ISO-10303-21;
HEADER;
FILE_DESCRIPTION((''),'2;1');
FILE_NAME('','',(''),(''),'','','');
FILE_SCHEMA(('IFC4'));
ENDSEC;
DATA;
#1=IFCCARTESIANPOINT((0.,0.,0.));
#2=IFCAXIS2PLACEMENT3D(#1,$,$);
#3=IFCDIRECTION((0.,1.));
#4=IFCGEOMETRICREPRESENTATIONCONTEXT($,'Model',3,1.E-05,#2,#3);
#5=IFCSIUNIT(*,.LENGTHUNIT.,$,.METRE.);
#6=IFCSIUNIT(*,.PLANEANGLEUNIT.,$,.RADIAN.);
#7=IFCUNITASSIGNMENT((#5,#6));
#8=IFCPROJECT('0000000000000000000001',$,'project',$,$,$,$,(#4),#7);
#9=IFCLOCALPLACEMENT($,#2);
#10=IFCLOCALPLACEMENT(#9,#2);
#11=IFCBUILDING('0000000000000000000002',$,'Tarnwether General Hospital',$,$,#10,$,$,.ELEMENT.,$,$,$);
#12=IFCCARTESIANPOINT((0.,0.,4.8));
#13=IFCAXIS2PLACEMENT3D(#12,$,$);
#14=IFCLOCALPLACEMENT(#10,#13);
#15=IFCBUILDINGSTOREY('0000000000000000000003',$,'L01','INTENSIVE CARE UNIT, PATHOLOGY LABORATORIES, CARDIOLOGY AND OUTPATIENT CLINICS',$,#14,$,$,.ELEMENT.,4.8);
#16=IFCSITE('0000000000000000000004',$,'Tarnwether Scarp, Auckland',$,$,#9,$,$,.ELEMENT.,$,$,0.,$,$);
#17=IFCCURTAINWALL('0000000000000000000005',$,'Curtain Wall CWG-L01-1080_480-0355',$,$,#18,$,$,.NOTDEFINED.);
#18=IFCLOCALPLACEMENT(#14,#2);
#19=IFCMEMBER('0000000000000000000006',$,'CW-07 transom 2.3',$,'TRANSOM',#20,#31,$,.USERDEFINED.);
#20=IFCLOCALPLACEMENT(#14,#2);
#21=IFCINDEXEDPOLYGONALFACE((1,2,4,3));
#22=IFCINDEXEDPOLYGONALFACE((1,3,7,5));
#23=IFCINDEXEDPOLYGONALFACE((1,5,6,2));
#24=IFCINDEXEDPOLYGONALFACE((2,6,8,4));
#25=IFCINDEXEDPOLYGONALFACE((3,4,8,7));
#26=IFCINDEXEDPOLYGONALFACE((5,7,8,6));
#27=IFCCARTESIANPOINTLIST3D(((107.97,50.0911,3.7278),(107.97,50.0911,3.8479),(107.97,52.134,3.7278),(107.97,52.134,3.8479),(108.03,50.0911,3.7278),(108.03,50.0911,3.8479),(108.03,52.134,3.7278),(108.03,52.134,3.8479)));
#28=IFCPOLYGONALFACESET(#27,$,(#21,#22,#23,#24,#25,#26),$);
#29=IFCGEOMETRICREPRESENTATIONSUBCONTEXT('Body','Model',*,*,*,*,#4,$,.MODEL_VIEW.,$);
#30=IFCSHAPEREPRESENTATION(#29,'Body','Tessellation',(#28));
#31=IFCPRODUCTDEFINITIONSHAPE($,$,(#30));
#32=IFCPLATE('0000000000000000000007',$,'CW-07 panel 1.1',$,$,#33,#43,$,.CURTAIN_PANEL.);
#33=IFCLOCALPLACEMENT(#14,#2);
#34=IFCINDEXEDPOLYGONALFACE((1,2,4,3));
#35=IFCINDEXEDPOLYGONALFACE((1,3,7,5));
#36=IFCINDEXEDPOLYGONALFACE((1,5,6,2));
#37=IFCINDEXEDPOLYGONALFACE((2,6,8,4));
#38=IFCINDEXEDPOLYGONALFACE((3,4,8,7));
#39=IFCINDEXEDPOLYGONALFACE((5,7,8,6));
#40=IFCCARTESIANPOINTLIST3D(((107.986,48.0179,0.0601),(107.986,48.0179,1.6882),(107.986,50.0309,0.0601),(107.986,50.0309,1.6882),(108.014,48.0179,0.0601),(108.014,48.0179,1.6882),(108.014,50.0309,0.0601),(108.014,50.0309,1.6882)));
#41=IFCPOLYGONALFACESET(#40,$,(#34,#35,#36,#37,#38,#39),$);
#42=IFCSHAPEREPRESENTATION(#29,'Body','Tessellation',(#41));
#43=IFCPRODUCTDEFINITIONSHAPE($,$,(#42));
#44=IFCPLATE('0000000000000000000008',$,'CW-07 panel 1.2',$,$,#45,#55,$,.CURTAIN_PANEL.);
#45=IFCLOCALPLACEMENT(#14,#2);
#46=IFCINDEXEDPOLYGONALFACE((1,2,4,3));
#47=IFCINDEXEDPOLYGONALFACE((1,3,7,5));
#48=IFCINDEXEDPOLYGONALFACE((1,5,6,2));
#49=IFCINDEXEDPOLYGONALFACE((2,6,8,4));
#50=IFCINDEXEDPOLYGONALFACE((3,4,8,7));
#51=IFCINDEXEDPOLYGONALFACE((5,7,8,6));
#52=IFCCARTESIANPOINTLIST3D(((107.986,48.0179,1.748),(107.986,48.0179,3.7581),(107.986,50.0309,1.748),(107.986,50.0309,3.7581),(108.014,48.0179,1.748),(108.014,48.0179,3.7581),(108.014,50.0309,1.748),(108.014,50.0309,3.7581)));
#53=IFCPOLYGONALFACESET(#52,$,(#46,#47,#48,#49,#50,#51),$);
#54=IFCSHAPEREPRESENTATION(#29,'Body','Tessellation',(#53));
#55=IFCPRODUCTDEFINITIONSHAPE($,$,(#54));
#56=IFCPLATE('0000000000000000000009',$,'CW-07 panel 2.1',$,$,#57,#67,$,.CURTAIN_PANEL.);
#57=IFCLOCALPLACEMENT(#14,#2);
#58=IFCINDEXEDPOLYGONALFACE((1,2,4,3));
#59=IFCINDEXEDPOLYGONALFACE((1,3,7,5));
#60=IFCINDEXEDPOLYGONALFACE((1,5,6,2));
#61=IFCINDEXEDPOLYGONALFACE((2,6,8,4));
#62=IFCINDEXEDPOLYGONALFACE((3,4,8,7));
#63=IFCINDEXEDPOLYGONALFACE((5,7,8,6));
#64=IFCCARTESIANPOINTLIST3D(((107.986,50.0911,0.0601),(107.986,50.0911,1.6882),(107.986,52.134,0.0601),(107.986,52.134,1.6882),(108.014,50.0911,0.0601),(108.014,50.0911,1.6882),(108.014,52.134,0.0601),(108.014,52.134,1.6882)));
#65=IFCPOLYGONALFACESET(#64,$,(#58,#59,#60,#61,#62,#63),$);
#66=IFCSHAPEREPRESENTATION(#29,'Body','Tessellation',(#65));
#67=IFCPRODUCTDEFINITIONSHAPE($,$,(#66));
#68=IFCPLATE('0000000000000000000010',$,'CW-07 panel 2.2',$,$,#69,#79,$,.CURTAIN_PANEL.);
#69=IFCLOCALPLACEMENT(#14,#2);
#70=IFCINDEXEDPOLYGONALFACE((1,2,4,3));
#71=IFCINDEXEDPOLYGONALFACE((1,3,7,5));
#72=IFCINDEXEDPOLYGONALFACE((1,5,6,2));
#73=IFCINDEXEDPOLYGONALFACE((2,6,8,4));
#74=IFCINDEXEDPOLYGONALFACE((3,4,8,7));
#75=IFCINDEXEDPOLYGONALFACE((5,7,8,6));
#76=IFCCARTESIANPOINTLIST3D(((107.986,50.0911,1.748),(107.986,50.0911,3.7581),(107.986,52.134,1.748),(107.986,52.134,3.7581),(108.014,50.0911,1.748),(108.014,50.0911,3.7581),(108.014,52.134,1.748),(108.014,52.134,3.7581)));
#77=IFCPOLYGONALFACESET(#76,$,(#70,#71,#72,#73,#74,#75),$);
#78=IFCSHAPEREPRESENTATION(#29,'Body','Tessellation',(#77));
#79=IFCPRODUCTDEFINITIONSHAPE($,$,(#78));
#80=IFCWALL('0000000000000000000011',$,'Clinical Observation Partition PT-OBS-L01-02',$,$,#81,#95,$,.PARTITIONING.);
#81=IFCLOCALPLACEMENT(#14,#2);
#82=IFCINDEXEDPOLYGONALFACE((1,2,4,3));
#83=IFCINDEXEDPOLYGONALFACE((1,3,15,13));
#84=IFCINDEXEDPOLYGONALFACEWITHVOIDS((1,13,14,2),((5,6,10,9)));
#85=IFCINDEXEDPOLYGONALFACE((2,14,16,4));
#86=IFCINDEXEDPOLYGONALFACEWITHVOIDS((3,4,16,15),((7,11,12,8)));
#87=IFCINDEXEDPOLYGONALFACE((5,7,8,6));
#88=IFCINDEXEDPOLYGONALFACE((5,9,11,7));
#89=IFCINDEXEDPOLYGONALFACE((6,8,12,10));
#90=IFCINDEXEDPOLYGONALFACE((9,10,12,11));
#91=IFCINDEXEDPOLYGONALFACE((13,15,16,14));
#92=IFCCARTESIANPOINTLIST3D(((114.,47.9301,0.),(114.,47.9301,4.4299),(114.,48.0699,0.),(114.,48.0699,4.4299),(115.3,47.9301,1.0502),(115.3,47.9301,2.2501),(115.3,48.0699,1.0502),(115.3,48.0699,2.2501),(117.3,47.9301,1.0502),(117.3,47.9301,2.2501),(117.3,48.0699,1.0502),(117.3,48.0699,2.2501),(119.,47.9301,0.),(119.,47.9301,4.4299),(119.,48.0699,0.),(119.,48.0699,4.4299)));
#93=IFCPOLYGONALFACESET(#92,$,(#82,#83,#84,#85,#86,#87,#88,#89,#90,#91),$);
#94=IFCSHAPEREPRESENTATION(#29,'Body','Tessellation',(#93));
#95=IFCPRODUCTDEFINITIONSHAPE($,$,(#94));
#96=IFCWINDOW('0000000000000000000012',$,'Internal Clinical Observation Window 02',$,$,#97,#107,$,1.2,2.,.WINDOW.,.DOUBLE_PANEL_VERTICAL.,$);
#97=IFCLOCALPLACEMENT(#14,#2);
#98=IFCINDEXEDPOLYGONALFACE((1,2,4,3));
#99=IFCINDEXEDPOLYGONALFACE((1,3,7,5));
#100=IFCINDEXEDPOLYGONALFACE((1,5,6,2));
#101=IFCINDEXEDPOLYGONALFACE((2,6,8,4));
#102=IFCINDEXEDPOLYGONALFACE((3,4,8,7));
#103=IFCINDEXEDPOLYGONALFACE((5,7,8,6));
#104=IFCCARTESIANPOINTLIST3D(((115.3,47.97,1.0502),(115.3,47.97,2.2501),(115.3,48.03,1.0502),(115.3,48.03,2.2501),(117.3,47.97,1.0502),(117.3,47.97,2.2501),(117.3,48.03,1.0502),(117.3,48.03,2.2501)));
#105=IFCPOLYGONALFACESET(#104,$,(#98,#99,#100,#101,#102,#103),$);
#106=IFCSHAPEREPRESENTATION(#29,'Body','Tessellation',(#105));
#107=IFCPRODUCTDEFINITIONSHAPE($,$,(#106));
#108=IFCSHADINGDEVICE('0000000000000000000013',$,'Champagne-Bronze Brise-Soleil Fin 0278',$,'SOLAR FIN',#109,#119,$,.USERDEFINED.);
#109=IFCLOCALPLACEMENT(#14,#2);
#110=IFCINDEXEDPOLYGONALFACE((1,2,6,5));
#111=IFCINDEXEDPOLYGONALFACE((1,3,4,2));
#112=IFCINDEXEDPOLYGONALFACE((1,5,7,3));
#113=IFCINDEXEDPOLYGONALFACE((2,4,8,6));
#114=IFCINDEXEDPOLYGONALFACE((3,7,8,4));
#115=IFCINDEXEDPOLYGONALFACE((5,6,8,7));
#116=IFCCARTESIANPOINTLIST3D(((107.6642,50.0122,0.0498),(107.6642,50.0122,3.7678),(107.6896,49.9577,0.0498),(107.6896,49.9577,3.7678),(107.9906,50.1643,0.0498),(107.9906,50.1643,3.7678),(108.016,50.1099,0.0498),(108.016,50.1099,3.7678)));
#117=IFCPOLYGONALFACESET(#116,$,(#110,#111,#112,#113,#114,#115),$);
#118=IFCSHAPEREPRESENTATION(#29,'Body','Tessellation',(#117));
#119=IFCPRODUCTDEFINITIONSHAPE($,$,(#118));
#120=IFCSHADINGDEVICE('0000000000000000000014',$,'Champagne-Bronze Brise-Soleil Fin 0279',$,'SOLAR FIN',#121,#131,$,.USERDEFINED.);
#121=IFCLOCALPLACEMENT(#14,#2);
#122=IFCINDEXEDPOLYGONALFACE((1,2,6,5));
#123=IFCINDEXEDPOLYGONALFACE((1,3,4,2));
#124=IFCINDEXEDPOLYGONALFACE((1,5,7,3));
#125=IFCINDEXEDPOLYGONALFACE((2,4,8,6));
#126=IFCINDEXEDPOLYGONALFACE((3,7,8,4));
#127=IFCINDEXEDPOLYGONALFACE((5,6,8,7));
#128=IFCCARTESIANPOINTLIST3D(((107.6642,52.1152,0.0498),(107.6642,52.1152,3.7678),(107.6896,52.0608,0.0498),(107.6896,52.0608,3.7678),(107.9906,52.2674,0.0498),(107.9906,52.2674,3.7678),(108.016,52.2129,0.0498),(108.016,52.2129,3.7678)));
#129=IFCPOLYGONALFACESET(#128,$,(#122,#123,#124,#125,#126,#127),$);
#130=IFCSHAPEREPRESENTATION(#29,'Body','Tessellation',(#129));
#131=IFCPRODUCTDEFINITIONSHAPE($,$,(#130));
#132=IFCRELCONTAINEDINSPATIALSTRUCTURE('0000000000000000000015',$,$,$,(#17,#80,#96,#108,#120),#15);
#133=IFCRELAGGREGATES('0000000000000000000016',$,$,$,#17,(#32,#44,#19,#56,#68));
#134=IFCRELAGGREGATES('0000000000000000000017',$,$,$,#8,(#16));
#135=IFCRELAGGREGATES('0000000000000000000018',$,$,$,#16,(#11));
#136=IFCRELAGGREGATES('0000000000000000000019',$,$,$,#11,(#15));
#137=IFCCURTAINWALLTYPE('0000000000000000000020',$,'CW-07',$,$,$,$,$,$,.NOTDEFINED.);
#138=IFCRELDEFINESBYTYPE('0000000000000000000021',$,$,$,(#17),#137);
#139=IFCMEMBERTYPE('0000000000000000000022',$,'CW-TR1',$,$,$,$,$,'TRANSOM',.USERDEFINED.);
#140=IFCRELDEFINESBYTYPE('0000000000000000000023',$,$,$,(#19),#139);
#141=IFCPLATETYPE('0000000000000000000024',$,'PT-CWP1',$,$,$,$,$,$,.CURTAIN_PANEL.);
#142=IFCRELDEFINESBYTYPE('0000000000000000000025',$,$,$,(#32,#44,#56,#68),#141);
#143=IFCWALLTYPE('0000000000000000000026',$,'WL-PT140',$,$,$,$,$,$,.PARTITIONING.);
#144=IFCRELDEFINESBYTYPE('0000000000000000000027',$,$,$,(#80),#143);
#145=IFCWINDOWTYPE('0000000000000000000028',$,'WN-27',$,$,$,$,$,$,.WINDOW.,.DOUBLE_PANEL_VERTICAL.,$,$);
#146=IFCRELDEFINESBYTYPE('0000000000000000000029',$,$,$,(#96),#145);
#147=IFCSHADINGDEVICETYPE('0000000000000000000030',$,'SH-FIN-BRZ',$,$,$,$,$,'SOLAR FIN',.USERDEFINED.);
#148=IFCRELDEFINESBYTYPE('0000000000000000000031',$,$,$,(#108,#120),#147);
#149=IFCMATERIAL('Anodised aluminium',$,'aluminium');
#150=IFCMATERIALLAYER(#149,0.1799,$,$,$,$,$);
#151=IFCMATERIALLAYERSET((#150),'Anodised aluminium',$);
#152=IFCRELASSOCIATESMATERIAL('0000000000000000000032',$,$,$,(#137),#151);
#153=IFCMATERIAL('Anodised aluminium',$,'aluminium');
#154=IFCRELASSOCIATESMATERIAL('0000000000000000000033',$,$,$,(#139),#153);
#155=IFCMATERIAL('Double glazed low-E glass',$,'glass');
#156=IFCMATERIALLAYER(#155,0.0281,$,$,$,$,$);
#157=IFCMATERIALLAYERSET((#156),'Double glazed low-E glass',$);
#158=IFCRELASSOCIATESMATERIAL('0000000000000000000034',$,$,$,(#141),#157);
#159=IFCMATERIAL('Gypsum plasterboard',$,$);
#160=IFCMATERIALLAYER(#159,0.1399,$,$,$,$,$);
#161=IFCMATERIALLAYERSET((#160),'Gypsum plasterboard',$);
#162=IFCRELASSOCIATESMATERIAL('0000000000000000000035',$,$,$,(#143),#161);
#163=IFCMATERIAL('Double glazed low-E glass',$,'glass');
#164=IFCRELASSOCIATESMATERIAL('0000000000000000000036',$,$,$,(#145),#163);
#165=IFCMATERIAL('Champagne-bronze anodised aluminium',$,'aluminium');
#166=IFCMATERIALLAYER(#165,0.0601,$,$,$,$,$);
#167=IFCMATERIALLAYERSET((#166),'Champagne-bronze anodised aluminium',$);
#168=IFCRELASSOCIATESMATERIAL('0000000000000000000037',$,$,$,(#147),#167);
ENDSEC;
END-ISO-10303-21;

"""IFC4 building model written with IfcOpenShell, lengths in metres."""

from ifc_helpers import new_model, si_unit, direction, frame, frame_2d, origin, origin_2d, place, context, subcontext, project, spatial, rectangle, extrude, material, layer, layer_set, material_profile, profile_set, type_object, element, fill, aggregate, save


model = new_model("IFC4")

# Units and contexts
model_context = context("Model", 3, precision=1e-05, world=origin(), true_north=direction((0.0, 1.0)))
body_context = subcontext(model_context, "Body", "Model", "MODEL_VIEW")
ifc_project = project(units=[si_unit("LENGTHUNIT", "METRE"), si_unit("PLANEANGLEUNIT", "RADIAN")], contexts=[model_context])

# Site, building, storey
site_placement = place(None, origin())
site = spatial("IfcSite", under=ifc_project, at=site_placement, Name="Tarnwether Scarp, Auckland", CompositionType="ELEMENT", RefElevation=0.0)
building_placement = place(site_placement, origin())
building = spatial("IfcBuilding", under=site, at=building_placement, Name="Tarnwether General Hospital", CompositionType="ELEMENT")
storey_placement = place(building_placement, frame((0.0, 0.0, 4.8)))
storey = spatial("IfcBuildingStorey", under=building, at=storey_placement, Name="L01", Description="INTENSIVE CARE UNIT, PATHOLOGY LABORATORIES, CARDIOLOGY AND OUTPATIENT CLINICS", CompositionType="ELEMENT", Elevation=4.8)

# Curtain wall, member, plates
ifc_material_1 = material(Name="Anodised aluminium", Category="aluminium")
ifc_layer_1 = layer(ifc_material_1, 0.1799)
ifc_layer_set_1 = layer_set([ifc_layer_1], Name="Anodised aluminium")
curtain_wall_type = type_object("IfcCurtainWallType", Name="CW-07", PredefinedType="NOTDEFINED", material=ifc_layer_set_1)
curtain_wall_placement = place(storey_placement, origin())
curtain_wall = element("IfcCurtainWall", 1, at=curtain_wall_placement, inside=storey, type_object=curtain_wall_type, Name="Curtain Wall CWG-L01-1080_480-0355", PredefinedType="NOTDEFINED")
ifc_material_2 = material(Name="Anodised aluminium", Category="aluminium")
ifc_material_profile_1 = material_profile(ifc_material_2, rectangle(XDim=0.0601, YDim=0.1201, at=origin_2d()), Name="ALU-TRN-60x120")
ifc_profile_set_1 = profile_set([ifc_material_profile_1], Name="Anodised aluminium")
member_type_1 = type_object("IfcMemberType", Name="CW-TR1", ElementType="TRANSOM", PredefinedType="USERDEFINED", material=ifc_profile_set_1)
member_1_placement = place(storey_placement, frame((108.0, 50.0911, 3.7878), z_axis=(0.0, 1.0, 0.0), x_axis=(-1.0, 0.0, 0.0)))
member_1 = element("IfcMember", 2, at=member_1_placement, type_object=member_type_1, Name="CW-07 transom 2.3", ObjectType="TRANSOM", PredefinedType="USERDEFINED", context=body_context, shape_type="SweptSolid", body=[
    extrude(rectangle(XDim=0.0601, YDim=0.1201, at=origin_2d()), origin(), (0.0, 0.0, 1.0), 2.043),
])
ifc_material_3 = material(Name="Double glazed low-E glass", Category="glass")
ifc_layer_2 = layer(ifc_material_3, 0.0281)
ifc_layer_set_2 = layer_set([ifc_layer_2], Name="Double glazed low-E glass")
plate_type = type_object("IfcPlateType", Name="PT-CWP1", PredefinedType="CURTAIN_PANEL", material=ifc_layer_set_2)
plate_1_placement = place(storey_placement, frame((108.0, 49.0244, 0.0601), z_axis=(0.0, 0.0, 1.0), x_axis=(0.0, 1.0, 0.0)))
plate_1 = element("IfcPlate", 3, at=plate_1_placement, type_object=plate_type, Name="CW-07 panel 1.1", PredefinedType="CURTAIN_PANEL", context=body_context, shape_type="SweptSolid", body=[
    extrude(rectangle(XDim=2.0129, YDim=0.0281, at=origin_2d()), origin(), (0.0, 0.0, 1.0), 1.6282),
])
plate_2_placement = place(storey_placement, frame((108.0, 49.0244, 1.748), z_axis=(0.0, 0.0, 1.0), x_axis=(0.0, 1.0, 0.0)))
plate_2 = element("IfcPlate", 4, at=plate_2_placement, type_object=plate_type, Name="CW-07 panel 1.2", PredefinedType="CURTAIN_PANEL", context=body_context, shape_type="SweptSolid", body=[
    extrude(rectangle(XDim=2.0129, YDim=0.0281, at=origin_2d()), origin(), (0.0, 0.0, 1.0), 2.01),
])
plate_3_placement = place(storey_placement, frame((108.0, 51.1125, 0.0601), z_axis=(0.0, 0.0, 1.0), x_axis=(0.0, 1.0, 0.0)))
plate_3 = element("IfcPlate", 5, at=plate_3_placement, type_object=plate_type, Name="CW-07 panel 2.1", PredefinedType="CURTAIN_PANEL", context=body_context, shape_type="SweptSolid", body=[
    extrude(rectangle(XDim=2.043, YDim=0.0281, at=origin_2d()), origin(), (0.0, 0.0, 1.0), 1.6282),
])
plate_4_placement = place(storey_placement, frame((108.0, 51.1125, 1.748), z_axis=(0.0, 0.0, 1.0), x_axis=(0.0, 1.0, 0.0)))
plate_4 = element("IfcPlate", 6, at=plate_4_placement, type_object=plate_type, Name="CW-07 panel 2.2", PredefinedType="CURTAIN_PANEL", context=body_context, shape_type="SweptSolid", body=[
    extrude(rectangle(XDim=2.043, YDim=0.0281, at=origin_2d()), origin(), (0.0, 0.0, 1.0), 2.01),
])
aggregate(curtain_wall, [plate_1, plate_2, member_1, plate_3, plate_4])

# Wall, opening, window
ifc_material_4 = material(Name="Gypsum plasterboard")
ifc_layer_3 = layer(ifc_material_4, 0.1399)
ifc_layer_set_3 = layer_set([ifc_layer_3], Name="Gypsum plasterboard")
wall_type = type_object("IfcWallType", Name="WL-PT140", PredefinedType="PARTITIONING", material=ifc_layer_set_3)
wall_placement = place(storey_placement, frame((114.0, 48.0, 0.0), z_axis=(0.0, 0.0, 1.0), x_axis=(1.0, 0.0, 0.0)))
wall = element("IfcWall", 7, at=wall_placement, inside=storey, type_object=wall_type, Name="Clinical Observation Partition PT-OBS-L01-02", PredefinedType="PARTITIONING", context=body_context, shape_type="SweptSolid", body=[
    extrude(rectangle(XDim=5.0, YDim=0.1399, at=frame_2d((2.5, 0.0))), origin(), (0.0, 0.0, 1.0), 4.4299),
])
opening_placement = place(wall_placement, frame((1.3, 0.0, 1.05)))
opening = element("IfcOpeningElement", 8, at=opening_placement, cuts=wall, PredefinedType="OPENING", context=body_context, shape_type="SweptSolid", body=[
    extrude(rectangle(XDim=2.0, YDim=1.2, at=frame_2d((1.0, 0.6001))), frame((0.0, 0.0801, 0.0), z_axis=(0.0, -1.0, 0.0), x_axis=(1.0, 0.0, 0.0)), (0.0, 0.0, 1.0), 0.1599),
])
ifc_material_5 = material(Name="Double glazed low-E glass", Category="glass")
window_type = type_object("IfcWindowType", Name="WN-27", PartitioningType="DOUBLE_PANEL_VERTICAL", PredefinedType="WINDOW", material=ifc_material_5)
window_placement = place(opening_placement, origin())
window = element("IfcWindow", 9, at=window_placement, inside=storey, type_object=window_type, Name="Internal Clinical Observation Window 02", OverallHeight=1.2, OverallWidth=2.0, PartitioningType="DOUBLE_PANEL_VERTICAL", PredefinedType="WINDOW", context=body_context, shape_type="SweptSolid", body=[
    extrude(rectangle(XDim=2.0, YDim=1.2, at=frame_2d((1.0, 0.6001))), frame((0.0, 0.03, 0.0), z_axis=(0.0, -1.0, 0.0), x_axis=(1.0, 0.0, 0.0)), (0.0, 0.0, 1.0), 0.0601),
])
fill(opening, window)

# Shading devices
ifc_material_6 = material(Name="Champagne-bronze anodised aluminium", Category="aluminium")
ifc_layer_4 = layer(ifc_material_6, 0.0601)
ifc_layer_set_4 = layer_set([ifc_layer_4], Name="Champagne-bronze anodised aluminium")
shading_device_type = type_object("IfcShadingDeviceType", Name="SH-FIN-BRZ", ElementType="SOLAR FIN", PredefinedType="USERDEFINED", material=ifc_layer_set_4)
for number, where, z_axis, x_axis, name in (
    (10, (107.8401, 50.061, 0.0498), (0.0, 0.0, 1.0), (-0.422618, 0.906308, 0.0), "Champagne-Bronze Brise-Soleil Fin 0278"),
    (11, (107.8401, 52.1641, 0.0498), (0.0, 0.0, 1.0), (-0.422618, 0.906308, 0.0), "Champagne-Bronze Brise-Soleil Fin 0279"),
):
    element("IfcShadingDevice", number, at=place(storey_placement, frame(where, z_axis=z_axis, x_axis=x_axis)), inside=storey, type_object=shading_device_type, Name=name, ObjectType="SOLAR FIN", PredefinedType="USERDEFINED", context=body_context, shape_type="SweptSolid", body=[
        extrude(rectangle(XDim=0.0601, YDim=0.3601, at=origin_2d()), origin(), (0.0, 0.0, 1.0), 3.718),
    ])

save(model, "model.ifc")
